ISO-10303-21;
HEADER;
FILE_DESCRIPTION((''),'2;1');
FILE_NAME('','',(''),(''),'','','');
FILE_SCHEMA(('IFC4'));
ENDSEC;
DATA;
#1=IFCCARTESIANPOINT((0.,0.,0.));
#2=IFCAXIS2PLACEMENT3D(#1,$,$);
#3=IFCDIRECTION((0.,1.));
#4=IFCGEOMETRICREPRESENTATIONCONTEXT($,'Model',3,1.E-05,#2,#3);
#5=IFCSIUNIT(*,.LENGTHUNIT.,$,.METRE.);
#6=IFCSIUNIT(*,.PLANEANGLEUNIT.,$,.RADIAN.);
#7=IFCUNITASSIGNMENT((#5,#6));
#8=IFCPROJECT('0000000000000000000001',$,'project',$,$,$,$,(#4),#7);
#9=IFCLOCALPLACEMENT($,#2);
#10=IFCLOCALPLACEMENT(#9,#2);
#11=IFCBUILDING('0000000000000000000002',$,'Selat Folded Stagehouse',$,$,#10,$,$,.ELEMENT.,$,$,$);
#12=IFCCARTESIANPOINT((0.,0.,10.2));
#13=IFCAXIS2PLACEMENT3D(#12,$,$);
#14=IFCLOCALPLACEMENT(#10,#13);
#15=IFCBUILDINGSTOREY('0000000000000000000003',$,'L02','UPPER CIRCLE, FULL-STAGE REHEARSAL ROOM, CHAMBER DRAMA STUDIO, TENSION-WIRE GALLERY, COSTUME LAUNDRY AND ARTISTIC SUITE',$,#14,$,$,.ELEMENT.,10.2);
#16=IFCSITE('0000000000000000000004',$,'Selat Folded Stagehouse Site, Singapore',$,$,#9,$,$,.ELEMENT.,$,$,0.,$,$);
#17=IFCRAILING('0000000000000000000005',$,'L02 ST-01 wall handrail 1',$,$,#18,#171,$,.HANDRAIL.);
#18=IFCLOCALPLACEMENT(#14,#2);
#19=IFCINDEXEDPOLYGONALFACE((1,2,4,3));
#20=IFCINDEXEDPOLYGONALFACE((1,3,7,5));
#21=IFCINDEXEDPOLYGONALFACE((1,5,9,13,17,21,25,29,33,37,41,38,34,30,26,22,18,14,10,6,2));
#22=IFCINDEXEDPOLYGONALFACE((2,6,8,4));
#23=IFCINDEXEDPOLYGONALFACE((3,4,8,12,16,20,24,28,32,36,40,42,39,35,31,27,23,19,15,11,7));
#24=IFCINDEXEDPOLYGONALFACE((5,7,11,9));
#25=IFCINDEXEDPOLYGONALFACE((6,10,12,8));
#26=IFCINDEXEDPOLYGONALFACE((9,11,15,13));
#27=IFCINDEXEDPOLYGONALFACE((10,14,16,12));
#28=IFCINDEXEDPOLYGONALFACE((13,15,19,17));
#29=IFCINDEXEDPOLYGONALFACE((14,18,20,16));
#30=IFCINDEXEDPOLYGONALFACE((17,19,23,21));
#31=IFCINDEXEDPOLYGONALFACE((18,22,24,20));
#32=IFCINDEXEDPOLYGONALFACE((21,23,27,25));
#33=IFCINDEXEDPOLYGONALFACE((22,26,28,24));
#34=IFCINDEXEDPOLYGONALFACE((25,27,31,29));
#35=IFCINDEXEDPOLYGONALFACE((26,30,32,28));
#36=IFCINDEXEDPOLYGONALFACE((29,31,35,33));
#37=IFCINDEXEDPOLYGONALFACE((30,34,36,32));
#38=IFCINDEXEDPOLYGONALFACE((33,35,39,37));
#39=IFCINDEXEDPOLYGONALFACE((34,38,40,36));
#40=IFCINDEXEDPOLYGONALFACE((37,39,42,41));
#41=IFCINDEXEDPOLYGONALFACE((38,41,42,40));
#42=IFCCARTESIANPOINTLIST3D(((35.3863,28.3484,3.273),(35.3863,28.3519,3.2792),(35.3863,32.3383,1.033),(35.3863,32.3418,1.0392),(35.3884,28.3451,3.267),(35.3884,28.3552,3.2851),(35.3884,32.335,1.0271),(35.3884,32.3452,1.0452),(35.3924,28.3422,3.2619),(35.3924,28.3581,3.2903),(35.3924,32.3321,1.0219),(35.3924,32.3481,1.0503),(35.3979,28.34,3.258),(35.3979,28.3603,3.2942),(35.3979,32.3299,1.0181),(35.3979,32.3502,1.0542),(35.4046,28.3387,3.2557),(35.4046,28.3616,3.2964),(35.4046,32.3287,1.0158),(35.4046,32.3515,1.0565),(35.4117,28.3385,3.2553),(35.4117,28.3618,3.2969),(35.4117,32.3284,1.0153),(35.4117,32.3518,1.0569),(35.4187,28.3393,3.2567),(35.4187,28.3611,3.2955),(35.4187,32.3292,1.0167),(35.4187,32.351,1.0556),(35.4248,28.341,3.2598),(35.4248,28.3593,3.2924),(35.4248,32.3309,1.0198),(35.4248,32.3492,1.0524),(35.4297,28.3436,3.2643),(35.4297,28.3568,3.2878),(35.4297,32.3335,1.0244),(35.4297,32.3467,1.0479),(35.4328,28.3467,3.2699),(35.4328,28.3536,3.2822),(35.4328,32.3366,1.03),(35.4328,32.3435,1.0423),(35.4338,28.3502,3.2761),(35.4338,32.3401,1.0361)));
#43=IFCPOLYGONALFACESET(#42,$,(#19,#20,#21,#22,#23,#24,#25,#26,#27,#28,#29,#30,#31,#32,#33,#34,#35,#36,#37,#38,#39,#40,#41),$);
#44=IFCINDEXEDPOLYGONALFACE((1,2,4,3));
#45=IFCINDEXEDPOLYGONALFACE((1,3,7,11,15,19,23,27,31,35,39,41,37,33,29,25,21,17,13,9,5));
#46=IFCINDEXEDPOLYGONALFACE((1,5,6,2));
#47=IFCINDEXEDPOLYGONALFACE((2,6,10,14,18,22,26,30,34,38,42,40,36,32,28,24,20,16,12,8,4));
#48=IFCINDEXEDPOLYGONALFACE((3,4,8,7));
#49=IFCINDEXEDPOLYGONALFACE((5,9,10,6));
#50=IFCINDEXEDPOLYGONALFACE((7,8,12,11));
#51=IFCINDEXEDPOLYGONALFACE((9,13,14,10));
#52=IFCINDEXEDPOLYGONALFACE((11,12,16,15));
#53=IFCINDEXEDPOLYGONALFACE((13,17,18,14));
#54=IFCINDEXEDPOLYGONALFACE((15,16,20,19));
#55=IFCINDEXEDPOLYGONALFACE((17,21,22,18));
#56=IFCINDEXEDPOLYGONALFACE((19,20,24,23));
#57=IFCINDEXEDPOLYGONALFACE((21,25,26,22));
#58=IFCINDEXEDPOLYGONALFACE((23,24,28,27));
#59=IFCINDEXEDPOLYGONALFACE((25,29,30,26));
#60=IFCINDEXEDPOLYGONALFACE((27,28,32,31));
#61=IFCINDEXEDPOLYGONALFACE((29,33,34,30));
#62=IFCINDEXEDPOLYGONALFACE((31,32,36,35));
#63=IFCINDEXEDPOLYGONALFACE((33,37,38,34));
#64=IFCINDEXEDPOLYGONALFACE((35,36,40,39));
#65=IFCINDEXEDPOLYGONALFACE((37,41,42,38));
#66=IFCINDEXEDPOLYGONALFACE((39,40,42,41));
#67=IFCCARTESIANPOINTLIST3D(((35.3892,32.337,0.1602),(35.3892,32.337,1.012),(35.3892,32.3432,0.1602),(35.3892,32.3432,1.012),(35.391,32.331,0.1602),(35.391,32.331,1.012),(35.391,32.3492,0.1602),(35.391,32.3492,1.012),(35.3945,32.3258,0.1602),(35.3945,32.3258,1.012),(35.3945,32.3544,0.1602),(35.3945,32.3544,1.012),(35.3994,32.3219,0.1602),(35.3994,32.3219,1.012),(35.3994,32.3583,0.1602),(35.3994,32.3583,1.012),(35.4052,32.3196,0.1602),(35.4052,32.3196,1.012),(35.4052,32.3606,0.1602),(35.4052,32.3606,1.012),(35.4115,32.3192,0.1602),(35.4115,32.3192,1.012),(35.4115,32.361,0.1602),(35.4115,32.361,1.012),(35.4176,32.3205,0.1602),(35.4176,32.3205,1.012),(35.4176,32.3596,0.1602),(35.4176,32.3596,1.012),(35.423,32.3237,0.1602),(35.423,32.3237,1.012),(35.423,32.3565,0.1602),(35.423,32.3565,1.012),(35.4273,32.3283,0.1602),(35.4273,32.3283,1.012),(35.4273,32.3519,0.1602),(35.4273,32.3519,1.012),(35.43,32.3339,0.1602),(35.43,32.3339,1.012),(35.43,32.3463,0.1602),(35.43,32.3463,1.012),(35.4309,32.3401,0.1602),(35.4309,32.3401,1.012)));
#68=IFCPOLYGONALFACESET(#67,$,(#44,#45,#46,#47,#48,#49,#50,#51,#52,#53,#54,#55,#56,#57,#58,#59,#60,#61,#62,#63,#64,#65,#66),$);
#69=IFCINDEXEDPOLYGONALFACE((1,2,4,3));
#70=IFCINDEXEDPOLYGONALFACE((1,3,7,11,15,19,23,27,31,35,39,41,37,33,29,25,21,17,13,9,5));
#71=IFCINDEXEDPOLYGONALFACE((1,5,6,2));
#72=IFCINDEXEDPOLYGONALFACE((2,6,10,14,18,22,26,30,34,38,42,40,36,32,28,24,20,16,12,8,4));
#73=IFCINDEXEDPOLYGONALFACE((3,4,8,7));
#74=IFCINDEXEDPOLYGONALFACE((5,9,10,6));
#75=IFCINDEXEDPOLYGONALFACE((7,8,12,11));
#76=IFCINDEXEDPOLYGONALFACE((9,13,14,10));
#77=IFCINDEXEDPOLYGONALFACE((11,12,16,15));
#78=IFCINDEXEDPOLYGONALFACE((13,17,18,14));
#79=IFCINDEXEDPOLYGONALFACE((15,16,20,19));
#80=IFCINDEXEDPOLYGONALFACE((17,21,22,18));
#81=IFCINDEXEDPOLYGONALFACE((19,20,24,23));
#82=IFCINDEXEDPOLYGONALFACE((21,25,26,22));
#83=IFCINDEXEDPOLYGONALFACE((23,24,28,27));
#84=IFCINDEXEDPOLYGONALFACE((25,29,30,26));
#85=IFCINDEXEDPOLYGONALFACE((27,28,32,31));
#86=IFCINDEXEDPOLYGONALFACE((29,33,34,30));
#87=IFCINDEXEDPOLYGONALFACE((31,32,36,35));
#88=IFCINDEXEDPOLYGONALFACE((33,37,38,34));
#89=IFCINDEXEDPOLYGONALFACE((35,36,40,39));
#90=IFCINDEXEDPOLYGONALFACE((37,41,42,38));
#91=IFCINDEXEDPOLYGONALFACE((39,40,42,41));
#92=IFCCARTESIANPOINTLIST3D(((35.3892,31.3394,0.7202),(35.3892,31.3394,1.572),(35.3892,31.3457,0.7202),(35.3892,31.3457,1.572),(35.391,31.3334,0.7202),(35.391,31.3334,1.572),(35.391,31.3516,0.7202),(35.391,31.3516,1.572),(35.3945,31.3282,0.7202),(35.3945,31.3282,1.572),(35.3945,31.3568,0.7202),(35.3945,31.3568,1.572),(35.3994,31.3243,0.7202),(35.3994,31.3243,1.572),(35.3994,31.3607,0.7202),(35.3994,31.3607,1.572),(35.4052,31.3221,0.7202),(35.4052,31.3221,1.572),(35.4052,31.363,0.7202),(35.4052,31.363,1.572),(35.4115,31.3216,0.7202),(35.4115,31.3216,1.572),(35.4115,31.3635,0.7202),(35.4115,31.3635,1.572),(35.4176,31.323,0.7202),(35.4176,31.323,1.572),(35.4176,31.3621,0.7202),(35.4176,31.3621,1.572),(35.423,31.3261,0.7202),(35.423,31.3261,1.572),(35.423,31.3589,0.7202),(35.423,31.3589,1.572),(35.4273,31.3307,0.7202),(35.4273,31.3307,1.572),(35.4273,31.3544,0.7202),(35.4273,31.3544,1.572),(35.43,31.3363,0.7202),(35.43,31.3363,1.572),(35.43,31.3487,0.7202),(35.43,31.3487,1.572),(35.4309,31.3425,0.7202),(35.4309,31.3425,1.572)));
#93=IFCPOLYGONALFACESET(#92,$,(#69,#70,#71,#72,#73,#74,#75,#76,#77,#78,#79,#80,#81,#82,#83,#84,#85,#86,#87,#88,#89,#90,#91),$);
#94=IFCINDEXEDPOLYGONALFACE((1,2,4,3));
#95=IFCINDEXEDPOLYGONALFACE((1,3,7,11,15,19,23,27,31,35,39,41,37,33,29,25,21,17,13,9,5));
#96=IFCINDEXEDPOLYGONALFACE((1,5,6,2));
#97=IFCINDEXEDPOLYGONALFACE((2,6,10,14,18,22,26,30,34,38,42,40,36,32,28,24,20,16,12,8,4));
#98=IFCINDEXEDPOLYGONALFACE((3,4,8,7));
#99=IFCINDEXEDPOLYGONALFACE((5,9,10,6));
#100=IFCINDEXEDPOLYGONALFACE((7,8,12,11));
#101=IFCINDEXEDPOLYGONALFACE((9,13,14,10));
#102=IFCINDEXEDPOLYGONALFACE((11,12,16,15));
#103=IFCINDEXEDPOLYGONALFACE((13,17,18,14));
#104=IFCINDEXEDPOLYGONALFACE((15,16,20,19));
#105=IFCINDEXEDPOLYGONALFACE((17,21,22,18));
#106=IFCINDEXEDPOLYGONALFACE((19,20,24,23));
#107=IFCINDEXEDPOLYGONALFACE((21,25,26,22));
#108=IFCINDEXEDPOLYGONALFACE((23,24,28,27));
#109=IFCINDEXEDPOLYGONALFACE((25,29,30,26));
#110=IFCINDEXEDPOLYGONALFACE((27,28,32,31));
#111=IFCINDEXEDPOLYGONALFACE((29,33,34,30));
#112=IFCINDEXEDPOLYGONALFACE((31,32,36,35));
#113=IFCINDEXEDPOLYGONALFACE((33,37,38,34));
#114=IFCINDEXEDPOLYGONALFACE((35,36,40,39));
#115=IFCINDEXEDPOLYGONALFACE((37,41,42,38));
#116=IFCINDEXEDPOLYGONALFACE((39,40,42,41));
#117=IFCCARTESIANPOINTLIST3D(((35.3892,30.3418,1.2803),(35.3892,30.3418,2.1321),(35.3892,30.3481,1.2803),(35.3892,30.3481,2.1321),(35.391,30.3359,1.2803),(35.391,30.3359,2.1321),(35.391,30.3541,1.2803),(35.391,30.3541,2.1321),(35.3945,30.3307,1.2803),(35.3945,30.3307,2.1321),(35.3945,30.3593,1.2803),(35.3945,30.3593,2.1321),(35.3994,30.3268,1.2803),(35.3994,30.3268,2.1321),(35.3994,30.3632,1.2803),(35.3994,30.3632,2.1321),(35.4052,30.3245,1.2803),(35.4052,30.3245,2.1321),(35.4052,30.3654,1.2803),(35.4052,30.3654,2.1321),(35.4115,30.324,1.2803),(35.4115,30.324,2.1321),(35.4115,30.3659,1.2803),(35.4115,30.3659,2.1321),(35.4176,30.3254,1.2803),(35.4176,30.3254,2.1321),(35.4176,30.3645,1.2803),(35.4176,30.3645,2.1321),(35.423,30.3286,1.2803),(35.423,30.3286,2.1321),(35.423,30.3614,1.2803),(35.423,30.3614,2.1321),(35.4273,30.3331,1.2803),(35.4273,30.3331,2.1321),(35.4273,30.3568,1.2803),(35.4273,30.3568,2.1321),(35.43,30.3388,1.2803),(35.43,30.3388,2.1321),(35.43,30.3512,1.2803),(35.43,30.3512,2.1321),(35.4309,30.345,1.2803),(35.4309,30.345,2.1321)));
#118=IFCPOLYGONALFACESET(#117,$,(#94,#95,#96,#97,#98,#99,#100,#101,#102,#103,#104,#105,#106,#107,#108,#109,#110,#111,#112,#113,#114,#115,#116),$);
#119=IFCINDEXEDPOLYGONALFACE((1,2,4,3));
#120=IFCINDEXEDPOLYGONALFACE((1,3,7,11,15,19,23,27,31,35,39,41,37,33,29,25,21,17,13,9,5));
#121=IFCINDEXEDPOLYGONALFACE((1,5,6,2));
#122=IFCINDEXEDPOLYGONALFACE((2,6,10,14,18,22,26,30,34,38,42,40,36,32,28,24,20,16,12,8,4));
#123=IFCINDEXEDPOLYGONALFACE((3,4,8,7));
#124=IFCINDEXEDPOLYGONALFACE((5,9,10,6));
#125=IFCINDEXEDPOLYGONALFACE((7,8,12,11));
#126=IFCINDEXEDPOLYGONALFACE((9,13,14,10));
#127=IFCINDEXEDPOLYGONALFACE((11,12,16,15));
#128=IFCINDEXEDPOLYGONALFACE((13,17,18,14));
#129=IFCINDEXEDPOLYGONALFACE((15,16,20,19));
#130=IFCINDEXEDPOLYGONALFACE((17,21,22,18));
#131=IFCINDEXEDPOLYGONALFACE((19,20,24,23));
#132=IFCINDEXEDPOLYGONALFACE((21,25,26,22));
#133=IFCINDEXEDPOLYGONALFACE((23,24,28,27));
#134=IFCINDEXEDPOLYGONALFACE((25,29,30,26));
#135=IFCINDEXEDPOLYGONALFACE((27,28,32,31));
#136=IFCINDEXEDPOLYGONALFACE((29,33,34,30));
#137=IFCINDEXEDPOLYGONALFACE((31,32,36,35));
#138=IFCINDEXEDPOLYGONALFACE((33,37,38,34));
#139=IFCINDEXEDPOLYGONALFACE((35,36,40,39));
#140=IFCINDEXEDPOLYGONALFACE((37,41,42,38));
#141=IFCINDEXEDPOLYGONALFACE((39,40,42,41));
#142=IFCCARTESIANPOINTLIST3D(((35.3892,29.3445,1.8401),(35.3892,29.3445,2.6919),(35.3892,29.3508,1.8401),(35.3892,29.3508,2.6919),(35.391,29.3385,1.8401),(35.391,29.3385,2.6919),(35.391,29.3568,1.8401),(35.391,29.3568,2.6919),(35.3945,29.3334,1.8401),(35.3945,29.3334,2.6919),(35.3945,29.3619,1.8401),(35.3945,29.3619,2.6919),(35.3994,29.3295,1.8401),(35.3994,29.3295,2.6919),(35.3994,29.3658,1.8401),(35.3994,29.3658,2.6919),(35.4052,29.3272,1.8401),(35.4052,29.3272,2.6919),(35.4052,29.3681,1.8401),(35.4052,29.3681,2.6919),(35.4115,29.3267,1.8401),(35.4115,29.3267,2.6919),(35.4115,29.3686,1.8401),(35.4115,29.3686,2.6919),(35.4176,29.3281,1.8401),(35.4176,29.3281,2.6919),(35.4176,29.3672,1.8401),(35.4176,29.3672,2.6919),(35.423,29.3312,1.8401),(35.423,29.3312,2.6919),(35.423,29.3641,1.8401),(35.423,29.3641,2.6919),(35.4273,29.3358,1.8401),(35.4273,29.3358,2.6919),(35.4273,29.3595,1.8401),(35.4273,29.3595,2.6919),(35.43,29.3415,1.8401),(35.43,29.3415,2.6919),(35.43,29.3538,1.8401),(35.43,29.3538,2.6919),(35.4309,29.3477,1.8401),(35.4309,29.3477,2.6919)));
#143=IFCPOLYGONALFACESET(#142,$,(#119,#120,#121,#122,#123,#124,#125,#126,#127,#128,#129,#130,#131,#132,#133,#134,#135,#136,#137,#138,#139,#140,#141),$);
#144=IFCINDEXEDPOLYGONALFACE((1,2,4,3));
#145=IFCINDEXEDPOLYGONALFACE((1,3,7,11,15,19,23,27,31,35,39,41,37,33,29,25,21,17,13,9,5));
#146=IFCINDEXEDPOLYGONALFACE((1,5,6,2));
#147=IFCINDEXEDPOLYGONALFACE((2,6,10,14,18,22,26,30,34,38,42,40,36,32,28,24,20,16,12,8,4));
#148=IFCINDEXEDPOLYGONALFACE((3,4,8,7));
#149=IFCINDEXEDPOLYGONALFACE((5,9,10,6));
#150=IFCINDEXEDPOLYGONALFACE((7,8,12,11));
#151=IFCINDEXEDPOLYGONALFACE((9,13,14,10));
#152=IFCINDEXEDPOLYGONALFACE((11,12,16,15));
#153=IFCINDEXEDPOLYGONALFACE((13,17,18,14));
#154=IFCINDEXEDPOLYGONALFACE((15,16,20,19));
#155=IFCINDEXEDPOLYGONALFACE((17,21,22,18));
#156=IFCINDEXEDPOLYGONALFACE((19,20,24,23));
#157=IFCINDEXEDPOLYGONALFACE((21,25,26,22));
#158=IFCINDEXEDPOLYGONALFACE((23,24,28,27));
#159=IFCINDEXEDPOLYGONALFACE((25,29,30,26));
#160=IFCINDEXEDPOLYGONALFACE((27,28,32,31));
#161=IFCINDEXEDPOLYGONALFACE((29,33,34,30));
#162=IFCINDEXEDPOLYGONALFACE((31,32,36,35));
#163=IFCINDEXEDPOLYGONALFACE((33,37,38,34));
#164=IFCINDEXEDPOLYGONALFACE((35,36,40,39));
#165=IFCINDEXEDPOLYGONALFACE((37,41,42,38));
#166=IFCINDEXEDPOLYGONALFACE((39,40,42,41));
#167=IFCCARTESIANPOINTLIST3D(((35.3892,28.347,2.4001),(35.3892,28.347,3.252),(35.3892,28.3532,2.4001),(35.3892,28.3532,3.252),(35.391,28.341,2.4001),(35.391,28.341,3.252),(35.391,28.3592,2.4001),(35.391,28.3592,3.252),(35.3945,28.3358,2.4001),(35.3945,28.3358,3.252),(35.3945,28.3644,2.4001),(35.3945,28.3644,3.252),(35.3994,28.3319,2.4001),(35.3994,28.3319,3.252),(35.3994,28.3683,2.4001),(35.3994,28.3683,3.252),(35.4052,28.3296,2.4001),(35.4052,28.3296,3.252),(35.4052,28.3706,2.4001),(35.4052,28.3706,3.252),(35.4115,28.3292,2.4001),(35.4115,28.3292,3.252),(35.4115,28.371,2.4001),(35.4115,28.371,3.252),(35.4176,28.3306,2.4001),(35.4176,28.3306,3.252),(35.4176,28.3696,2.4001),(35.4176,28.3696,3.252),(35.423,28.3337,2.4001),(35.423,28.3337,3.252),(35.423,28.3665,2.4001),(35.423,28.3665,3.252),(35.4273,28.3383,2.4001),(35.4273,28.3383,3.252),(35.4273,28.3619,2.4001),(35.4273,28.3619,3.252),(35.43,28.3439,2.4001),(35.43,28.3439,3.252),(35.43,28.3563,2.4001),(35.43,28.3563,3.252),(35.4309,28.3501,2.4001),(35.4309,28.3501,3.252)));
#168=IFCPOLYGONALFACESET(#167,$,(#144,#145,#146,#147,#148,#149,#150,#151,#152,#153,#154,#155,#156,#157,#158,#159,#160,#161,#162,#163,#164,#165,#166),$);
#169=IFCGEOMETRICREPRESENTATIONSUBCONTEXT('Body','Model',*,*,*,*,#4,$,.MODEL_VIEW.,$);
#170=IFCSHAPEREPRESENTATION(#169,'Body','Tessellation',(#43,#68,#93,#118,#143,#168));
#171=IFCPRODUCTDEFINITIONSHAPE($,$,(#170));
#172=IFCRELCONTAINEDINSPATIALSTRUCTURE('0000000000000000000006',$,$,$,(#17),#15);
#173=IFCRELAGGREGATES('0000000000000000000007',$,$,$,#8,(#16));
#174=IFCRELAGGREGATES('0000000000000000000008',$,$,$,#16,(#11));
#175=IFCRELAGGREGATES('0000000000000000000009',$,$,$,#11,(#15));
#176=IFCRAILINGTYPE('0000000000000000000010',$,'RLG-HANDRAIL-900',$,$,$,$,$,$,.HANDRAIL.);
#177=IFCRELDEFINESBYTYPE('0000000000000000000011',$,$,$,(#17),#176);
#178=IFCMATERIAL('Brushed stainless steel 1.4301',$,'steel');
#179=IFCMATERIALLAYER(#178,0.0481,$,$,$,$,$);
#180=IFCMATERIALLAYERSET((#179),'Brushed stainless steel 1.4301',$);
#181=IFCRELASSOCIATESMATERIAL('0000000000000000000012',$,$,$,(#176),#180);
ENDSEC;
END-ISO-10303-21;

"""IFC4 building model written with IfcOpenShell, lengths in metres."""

from ifc_helpers import new_model, si_unit, direction, frame, origin, origin_2d, place, context, subcontext, project, spatial, circle, extrude, material, layer, layer_set, type_object, element, save


model = new_model("IFC4")

# Units and contexts
model_context = context("Model", 3, precision=1e-05, world=origin(), true_north=direction((0.0, 1.0)))
body_context = subcontext(model_context, "Body", "Model", "MODEL_VIEW")
ifc_project = project(units=[si_unit("LENGTHUNIT", "METRE"), si_unit("PLANEANGLEUNIT", "RADIAN")], contexts=[model_context])

# Site, building, storey
site_placement = place(None, origin())
site = spatial("IfcSite", under=ifc_project, at=site_placement, Name="Selat Folded Stagehouse Site, Singapore", CompositionType="ELEMENT", RefElevation=0.0)
building_placement = place(site_placement, origin())
building = spatial("IfcBuilding", under=site, at=building_placement, Name="Selat Folded Stagehouse", CompositionType="ELEMENT")
storey_placement = place(building_placement, frame((0.0, 0.0, 10.2)))
storey = spatial("IfcBuildingStorey", under=building, at=storey_placement, Name="L02", Description="UPPER CIRCLE, FULL-STAGE REHEARSAL ROOM, CHAMBER DRAMA STUDIO, TENSION-WIRE GALLERY, COSTUME LAUNDRY AND ARTISTIC SUITE", CompositionType="ELEMENT", Elevation=10.2)

# Railing
ifc_material_1 = material(Name="Brushed stainless steel 1.4301", Category="steel")
ifc_layer_1 = layer(ifc_material_1, 0.0481)
ifc_layer_set_1 = layer_set([ifc_layer_1], Name="Brushed stainless steel 1.4301")
railing_type_1 = type_object("IfcRailingType", Name="RLG-HANDRAIL-900", PredefinedType="HANDRAIL", material=ifc_layer_set_1)
railing_1_placement = place(storey_placement, frame((35.4099, 32.3401, 0.1602)))
element("IfcRailing", 1, at=railing_1_placement, inside=storey, type_object=railing_type_1, Name="L02 ST-01 wall handrail 1", PredefinedType="HANDRAIL", context=body_context, shape_type="SweptSolid", body=[
    extrude(circle(Radius=0.0239, at=origin_2d()), frame((0.0, 0.0, 0.876), z_axis=(0.0, -0.871984, 0.489534), x_axis=(1.0, 0.0, 0.0)), (0.0, 0.0, 1.0), 4.5757),
    extrude(circle(Radius=0.021, at=origin_2d()), origin(), (0.0, 0.0, 1.0), 0.8518),
    extrude(circle(Radius=0.021, at=origin_2d()), frame((0.0, -0.9976, 0.5601)), (0.0, 0.0, 1.0), 0.8518),
    extrude(circle(Radius=0.021, at=origin_2d()), frame((0.0, -1.9951, 1.1201)), (0.0, 0.0, 1.0), 0.8518),
    extrude(circle(Radius=0.021, at=origin_2d()), frame((0.0, -2.9924, 1.6799)), (0.0, 0.0, 1.0), 0.8518),
    extrude(circle(Radius=0.021, at=origin_2d()), frame((0.0, -3.99, 2.24)), (0.0, 0.0, 1.0), 0.8518),
])

save(model, "model.ifc")
